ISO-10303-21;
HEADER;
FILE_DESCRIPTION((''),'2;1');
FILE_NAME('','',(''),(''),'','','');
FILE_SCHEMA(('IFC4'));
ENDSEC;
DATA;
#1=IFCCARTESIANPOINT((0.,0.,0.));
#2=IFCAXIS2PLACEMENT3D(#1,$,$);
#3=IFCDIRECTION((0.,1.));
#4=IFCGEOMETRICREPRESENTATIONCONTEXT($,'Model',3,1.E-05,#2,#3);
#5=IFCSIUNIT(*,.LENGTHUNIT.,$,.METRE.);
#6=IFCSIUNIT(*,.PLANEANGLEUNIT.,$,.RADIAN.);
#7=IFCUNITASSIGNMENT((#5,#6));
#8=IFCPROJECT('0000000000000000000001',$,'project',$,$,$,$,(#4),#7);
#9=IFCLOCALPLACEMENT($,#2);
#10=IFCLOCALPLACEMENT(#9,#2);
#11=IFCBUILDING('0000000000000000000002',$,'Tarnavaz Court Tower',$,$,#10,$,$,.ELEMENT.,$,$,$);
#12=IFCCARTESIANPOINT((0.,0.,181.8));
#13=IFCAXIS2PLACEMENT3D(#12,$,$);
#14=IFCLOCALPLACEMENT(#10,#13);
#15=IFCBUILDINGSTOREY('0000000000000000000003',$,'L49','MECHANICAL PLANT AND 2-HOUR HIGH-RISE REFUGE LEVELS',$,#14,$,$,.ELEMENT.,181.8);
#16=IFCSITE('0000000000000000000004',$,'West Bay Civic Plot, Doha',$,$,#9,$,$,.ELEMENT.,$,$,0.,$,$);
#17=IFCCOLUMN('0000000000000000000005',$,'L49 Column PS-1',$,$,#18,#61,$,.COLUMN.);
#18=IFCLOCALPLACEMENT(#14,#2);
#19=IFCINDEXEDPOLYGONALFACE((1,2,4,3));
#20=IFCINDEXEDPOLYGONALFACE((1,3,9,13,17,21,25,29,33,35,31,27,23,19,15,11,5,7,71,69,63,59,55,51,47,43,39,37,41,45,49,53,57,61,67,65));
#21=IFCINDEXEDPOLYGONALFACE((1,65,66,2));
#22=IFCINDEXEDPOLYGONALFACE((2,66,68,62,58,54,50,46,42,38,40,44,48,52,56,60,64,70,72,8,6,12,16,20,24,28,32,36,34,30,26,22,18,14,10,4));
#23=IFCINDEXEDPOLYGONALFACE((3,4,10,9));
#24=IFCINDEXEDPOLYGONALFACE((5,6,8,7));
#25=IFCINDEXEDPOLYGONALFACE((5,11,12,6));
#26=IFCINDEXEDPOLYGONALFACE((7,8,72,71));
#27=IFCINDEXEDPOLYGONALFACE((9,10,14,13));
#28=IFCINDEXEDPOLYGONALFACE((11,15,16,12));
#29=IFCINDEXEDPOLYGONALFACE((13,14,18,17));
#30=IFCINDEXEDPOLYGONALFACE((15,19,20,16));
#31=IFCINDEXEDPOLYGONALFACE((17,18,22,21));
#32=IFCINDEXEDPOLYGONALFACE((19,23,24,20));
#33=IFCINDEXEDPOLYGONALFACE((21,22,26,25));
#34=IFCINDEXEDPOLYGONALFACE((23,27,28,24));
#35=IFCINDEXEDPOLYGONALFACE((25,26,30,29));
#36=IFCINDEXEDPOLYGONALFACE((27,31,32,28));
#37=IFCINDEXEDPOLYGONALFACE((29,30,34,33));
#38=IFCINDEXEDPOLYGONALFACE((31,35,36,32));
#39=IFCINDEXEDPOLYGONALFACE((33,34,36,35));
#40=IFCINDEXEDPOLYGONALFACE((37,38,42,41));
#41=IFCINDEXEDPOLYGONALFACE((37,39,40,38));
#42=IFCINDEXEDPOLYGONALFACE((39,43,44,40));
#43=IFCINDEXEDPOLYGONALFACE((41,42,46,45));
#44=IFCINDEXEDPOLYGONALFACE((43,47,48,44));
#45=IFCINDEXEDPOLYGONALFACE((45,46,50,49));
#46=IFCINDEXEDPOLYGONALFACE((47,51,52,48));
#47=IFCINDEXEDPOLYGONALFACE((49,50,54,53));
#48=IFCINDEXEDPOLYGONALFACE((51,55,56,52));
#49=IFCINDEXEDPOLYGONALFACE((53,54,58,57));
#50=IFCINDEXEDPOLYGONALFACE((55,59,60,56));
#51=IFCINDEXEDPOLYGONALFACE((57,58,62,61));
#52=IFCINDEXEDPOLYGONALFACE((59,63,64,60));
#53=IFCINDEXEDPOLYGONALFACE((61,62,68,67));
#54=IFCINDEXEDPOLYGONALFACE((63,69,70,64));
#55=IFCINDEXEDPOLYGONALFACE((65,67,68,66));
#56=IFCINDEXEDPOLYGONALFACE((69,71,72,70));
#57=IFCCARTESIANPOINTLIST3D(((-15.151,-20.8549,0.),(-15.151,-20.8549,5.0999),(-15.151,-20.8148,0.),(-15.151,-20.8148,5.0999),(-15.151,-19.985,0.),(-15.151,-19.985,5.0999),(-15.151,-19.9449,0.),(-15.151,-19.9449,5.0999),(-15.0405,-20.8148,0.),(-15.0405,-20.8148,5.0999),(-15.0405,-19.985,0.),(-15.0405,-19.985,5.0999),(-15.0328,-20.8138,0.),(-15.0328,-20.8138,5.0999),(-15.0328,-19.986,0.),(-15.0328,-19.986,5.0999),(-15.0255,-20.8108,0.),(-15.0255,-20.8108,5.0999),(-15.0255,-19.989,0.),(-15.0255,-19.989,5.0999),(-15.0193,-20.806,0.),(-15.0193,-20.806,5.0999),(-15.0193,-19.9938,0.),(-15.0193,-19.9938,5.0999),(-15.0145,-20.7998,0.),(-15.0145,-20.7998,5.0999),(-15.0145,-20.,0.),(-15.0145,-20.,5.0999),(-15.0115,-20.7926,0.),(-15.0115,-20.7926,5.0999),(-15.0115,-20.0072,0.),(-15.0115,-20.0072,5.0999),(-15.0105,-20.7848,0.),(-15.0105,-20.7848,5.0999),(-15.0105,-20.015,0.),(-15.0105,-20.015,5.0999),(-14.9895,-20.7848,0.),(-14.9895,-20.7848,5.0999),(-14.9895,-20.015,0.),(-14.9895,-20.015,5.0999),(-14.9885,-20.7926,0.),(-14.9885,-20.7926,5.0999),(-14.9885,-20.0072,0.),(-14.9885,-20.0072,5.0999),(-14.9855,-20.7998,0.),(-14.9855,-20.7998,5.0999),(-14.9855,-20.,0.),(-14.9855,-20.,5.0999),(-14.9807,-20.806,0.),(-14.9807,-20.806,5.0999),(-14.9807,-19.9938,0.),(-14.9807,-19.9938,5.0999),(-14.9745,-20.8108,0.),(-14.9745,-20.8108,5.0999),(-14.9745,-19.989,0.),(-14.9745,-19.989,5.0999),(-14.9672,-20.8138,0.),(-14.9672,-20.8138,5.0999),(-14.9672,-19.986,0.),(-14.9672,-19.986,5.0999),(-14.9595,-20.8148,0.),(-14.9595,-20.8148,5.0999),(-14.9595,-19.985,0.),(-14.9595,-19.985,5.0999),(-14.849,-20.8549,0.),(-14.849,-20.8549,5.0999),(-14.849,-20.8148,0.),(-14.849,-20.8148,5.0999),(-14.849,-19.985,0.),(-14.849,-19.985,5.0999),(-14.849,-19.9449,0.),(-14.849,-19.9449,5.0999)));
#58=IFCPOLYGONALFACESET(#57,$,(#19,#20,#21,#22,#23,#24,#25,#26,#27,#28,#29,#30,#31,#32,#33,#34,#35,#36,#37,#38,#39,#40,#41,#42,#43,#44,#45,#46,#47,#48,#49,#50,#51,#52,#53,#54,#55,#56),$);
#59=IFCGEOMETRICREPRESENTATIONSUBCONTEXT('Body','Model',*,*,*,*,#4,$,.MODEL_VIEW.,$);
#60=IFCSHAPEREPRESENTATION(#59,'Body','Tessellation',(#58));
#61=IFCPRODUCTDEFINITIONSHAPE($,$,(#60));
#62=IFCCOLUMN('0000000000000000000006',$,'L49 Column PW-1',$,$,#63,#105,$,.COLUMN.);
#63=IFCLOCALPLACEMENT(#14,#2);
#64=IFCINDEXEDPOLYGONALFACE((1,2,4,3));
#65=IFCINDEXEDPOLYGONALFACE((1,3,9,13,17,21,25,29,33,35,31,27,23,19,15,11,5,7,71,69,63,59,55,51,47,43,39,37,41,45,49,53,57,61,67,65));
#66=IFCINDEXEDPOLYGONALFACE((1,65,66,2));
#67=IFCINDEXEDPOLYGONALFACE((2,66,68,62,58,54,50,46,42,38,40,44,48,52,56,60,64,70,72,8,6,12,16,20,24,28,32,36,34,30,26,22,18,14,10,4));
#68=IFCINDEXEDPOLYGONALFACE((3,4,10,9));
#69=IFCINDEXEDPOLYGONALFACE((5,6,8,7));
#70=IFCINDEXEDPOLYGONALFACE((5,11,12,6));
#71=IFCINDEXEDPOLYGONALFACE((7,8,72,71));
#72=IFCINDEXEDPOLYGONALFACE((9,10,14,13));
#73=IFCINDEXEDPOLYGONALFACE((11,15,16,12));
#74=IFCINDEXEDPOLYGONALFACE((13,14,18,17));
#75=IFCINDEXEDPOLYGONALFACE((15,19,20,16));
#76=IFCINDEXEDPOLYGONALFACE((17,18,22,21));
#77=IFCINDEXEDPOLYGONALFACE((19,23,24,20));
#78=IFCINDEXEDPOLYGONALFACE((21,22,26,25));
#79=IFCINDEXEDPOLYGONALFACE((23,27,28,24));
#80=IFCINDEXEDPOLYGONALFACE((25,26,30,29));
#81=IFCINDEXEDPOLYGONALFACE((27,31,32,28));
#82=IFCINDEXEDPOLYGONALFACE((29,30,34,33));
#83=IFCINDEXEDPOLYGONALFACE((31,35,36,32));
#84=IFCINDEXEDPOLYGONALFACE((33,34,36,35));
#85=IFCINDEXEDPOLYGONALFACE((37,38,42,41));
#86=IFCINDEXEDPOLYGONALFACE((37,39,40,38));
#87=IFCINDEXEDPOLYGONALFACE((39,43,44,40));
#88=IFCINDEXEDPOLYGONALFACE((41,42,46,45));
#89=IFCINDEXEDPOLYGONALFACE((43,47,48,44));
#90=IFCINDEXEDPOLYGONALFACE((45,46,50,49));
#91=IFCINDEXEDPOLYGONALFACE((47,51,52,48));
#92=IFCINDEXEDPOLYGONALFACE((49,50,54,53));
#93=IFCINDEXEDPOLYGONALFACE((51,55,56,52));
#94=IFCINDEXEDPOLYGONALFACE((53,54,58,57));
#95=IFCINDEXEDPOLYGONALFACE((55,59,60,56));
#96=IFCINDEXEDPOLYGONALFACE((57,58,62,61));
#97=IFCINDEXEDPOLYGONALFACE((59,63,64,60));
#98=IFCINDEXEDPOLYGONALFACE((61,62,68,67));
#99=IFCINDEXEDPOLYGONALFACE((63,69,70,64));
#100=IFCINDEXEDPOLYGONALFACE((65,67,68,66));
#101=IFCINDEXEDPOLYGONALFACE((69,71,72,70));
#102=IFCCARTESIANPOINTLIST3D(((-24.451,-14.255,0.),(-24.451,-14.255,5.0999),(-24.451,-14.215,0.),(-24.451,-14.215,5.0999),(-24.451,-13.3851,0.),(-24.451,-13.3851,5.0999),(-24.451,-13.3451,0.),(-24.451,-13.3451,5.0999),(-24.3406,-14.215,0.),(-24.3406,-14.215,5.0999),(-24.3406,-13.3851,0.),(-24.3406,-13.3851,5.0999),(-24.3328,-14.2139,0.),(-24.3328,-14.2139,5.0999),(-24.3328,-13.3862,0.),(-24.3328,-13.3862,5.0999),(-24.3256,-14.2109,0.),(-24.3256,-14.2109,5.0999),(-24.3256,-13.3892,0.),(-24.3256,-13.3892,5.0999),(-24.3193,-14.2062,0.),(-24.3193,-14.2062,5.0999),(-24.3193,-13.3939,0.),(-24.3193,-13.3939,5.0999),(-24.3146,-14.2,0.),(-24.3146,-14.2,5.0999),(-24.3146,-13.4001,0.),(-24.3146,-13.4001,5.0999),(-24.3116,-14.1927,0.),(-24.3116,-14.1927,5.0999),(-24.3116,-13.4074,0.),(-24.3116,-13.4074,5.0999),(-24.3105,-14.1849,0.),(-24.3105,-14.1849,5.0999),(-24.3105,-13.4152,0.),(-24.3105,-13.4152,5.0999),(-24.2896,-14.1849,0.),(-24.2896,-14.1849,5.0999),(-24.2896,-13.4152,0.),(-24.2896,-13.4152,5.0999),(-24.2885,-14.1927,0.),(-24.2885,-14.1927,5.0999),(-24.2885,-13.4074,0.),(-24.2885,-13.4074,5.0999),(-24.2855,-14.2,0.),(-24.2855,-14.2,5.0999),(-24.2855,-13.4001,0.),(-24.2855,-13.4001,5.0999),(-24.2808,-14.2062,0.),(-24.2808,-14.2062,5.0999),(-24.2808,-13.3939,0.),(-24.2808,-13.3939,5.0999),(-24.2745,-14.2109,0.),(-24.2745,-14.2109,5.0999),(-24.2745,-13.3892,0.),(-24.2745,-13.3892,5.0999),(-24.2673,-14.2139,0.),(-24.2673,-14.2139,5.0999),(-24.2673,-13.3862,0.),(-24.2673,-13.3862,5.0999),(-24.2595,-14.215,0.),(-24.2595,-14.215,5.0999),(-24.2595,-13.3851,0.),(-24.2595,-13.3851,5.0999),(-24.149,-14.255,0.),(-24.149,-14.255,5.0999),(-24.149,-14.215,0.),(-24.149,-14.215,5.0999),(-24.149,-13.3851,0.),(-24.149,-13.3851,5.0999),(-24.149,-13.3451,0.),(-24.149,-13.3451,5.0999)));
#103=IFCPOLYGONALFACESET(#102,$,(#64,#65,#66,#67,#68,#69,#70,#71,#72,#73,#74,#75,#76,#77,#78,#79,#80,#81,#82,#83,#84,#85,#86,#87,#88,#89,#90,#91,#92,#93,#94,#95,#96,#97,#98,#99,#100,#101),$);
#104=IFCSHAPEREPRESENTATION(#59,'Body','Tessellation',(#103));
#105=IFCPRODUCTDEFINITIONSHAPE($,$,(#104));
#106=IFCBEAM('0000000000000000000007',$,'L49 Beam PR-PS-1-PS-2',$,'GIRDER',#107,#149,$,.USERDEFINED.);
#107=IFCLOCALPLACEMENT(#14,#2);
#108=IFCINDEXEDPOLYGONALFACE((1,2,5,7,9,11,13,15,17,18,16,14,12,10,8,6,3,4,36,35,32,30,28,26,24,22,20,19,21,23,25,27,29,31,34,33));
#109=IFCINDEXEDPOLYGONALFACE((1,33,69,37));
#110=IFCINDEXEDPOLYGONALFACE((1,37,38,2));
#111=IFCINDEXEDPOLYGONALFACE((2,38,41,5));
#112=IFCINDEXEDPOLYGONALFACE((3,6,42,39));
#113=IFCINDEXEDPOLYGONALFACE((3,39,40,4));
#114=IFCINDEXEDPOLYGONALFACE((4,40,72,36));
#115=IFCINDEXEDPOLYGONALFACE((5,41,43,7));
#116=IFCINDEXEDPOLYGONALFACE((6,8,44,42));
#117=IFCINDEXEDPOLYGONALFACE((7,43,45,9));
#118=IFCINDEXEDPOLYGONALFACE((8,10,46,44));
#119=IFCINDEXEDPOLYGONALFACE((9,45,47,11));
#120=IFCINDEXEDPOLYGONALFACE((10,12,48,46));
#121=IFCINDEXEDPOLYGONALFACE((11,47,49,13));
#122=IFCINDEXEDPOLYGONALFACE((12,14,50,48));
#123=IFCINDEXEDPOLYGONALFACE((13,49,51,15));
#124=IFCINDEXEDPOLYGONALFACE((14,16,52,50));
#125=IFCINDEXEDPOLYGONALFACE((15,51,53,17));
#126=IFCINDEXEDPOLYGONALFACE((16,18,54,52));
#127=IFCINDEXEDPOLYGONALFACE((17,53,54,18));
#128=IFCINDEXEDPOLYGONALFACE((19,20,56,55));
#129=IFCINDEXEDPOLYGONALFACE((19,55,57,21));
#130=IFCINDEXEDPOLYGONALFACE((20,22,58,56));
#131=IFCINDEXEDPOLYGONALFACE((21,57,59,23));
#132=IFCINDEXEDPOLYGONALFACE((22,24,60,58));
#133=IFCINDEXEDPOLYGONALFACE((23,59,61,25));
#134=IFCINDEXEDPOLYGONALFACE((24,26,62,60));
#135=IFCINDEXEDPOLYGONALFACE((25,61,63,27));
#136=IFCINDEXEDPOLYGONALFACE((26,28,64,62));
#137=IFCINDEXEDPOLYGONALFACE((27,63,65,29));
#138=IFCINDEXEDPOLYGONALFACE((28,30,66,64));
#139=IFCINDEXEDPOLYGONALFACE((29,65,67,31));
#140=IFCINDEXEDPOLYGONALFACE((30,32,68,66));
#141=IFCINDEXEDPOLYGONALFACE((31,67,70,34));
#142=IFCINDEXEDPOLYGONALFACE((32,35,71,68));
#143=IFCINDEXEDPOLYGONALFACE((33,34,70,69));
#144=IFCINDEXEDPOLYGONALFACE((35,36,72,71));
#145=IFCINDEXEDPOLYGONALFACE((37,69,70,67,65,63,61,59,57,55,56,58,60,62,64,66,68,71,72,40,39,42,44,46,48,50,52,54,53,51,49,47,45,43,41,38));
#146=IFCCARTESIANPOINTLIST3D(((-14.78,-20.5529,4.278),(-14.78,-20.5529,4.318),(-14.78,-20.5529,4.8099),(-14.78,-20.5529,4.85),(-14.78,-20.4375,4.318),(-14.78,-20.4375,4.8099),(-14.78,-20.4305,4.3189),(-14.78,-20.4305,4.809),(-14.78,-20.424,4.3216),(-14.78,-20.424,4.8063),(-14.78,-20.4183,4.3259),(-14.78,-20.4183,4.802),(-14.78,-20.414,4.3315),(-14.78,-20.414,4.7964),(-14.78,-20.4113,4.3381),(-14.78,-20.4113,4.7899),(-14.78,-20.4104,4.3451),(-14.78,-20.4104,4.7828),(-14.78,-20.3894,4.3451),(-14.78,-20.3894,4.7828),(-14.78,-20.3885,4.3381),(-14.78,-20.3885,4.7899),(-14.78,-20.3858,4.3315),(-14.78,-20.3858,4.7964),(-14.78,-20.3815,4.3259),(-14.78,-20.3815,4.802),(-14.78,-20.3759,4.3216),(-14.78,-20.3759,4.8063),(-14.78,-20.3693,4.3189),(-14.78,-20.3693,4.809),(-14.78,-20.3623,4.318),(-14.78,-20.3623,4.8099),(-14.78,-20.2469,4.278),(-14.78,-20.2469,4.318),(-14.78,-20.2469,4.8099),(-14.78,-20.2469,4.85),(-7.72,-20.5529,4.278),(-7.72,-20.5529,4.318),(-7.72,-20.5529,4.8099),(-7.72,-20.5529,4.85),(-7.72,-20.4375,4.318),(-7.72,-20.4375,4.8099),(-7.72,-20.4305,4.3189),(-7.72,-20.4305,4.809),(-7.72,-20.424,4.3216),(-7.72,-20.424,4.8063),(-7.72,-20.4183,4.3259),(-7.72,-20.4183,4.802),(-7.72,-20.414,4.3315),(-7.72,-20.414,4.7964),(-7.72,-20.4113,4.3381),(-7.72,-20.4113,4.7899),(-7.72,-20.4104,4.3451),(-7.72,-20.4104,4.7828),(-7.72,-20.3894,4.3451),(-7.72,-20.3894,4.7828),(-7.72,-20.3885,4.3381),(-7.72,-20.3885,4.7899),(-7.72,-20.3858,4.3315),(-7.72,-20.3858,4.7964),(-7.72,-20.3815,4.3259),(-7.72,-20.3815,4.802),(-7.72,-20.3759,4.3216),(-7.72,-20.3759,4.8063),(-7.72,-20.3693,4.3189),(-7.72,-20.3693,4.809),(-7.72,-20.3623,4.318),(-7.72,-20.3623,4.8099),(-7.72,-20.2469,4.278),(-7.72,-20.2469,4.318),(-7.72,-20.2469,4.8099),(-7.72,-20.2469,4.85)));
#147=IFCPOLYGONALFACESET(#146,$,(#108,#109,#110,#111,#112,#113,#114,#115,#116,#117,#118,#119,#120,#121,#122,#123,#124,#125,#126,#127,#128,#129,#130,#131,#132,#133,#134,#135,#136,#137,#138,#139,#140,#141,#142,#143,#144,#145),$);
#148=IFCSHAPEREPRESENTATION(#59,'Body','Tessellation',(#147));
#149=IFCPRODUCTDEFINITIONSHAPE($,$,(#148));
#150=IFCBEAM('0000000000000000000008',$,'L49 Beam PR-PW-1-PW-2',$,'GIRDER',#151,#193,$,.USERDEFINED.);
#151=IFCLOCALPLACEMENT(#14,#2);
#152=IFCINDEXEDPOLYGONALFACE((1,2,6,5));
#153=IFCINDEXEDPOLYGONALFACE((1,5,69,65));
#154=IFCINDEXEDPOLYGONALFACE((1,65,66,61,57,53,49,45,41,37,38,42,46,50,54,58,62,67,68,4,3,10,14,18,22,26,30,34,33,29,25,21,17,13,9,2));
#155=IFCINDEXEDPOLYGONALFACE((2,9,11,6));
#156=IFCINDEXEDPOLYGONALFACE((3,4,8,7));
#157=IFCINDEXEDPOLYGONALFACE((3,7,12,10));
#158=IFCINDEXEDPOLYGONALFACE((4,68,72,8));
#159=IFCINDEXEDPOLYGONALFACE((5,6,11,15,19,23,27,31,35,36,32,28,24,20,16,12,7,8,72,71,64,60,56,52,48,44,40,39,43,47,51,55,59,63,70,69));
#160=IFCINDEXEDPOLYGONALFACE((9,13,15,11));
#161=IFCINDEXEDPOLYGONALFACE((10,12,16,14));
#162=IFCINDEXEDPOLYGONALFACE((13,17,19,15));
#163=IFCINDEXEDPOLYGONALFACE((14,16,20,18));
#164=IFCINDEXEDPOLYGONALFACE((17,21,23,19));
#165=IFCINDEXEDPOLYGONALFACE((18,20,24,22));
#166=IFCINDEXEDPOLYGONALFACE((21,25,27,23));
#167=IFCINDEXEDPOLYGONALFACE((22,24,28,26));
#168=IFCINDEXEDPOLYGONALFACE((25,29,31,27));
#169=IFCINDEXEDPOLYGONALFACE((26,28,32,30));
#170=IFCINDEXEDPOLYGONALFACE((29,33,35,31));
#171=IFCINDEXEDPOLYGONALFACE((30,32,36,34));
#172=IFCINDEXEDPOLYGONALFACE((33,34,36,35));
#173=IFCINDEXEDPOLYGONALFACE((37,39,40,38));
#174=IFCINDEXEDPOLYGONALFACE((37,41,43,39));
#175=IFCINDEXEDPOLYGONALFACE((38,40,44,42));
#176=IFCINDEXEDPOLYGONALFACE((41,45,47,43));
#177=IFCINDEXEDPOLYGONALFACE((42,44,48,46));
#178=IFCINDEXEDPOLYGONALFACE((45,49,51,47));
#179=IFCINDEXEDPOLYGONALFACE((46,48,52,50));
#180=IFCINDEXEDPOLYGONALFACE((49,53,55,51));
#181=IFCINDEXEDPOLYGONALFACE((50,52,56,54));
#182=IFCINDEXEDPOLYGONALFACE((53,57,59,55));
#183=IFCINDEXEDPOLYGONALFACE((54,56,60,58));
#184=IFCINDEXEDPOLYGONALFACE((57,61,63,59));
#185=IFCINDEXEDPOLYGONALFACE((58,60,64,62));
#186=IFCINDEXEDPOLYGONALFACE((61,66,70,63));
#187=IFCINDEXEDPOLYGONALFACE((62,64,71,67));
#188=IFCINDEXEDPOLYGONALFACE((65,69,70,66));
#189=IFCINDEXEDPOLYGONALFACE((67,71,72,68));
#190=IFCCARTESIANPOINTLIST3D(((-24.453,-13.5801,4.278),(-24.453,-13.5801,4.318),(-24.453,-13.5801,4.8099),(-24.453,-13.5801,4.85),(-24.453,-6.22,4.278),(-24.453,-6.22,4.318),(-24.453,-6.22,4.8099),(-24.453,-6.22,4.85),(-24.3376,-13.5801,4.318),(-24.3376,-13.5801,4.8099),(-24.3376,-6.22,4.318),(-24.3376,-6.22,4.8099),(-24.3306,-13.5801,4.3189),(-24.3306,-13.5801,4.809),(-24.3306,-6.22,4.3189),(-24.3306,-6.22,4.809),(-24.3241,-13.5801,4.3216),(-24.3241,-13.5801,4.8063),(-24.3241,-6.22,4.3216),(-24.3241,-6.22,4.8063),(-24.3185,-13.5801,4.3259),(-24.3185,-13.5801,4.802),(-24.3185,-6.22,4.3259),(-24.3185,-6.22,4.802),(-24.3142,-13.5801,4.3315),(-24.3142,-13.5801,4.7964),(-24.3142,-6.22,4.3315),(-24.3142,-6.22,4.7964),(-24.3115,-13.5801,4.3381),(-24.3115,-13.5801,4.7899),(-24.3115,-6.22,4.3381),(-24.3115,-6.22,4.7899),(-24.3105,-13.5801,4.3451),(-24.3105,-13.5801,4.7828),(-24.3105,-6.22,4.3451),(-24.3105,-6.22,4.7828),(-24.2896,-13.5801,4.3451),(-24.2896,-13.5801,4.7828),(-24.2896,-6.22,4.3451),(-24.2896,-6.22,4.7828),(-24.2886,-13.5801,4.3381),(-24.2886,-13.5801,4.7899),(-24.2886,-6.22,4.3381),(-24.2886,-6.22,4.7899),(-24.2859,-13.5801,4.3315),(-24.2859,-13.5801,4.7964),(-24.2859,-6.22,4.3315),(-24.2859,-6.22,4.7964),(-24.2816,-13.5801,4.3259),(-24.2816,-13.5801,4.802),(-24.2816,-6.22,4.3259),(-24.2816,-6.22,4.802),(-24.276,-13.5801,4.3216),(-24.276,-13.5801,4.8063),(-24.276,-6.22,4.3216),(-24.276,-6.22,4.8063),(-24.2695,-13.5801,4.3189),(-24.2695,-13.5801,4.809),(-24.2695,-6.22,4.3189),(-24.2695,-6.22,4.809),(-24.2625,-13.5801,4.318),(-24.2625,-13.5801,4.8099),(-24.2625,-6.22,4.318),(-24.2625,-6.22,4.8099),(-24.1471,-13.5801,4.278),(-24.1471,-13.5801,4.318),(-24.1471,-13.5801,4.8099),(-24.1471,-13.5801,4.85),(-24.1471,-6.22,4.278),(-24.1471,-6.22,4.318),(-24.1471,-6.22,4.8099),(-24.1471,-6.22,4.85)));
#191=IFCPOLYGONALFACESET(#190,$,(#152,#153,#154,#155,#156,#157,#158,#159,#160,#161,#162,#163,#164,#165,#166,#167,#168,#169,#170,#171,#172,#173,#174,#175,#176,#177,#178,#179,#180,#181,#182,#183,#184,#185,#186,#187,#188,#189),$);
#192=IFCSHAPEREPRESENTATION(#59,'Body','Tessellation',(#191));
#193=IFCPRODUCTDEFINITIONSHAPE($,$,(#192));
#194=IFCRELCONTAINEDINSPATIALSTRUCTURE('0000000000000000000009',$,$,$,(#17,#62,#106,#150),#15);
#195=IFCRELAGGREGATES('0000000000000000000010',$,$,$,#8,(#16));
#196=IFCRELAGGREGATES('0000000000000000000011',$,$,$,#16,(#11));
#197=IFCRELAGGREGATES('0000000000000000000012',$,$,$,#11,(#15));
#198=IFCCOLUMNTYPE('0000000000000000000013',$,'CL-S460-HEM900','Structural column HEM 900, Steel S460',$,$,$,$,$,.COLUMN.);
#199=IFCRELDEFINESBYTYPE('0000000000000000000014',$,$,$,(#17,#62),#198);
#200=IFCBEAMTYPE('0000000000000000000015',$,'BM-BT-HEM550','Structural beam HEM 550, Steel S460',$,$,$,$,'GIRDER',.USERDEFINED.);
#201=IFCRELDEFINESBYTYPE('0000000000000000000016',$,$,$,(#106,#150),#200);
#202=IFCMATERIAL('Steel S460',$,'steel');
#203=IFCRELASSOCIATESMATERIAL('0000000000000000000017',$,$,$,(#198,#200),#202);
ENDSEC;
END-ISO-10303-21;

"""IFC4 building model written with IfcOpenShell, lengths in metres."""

from ifc_helpers import new_model, si_unit, direction, frame, origin, origin_2d, place, context, subcontext, project, spatial, i_section, extrude, material, material_profile, profile_set, type_object, element, save


model = new_model("IFC4")

# Units and contexts
model_context = context("Model", 3, precision=1e-05, world=origin(), true_north=direction((0.0, 1.0)))
body_context = subcontext(model_context, "Body", "Model", "MODEL_VIEW")
ifc_project = project(units=[si_unit("LENGTHUNIT", "METRE"), si_unit("PLANEANGLEUNIT", "RADIAN")], contexts=[model_context])

# Site, building, storey
site_placement = place(None, origin())
site = spatial("IfcSite", under=ifc_project, at=site_placement, Name="West Bay Civic Plot, Doha", CompositionType="ELEMENT", RefElevation=0.0)
building_placement = place(site_placement, origin())
building = spatial("IfcBuilding", under=site, at=building_placement, Name="Tarnavaz Court Tower", CompositionType="ELEMENT")
storey_placement = place(building_placement, frame((0.0, 0.0, 181.8)))
storey = spatial("IfcBuildingStorey", under=building, at=storey_placement, Name="L49", Description="MECHANICAL PLANT AND 2-HOUR HIGH-RISE REFUGE LEVELS", CompositionType="ELEMENT", Elevation=181.8)

# Columns
ifc_material_1 = material(Name="Steel S460", Category="steel")
ifc_material_profile_1 = material_profile(ifc_material_1, i_section(OverallWidth=0.302, OverallDepth=0.9099, WebThickness=0.021, FlangeThickness=0.04, FilletRadius=0.03, at=origin_2d()), Name="HEM 900")
ifc_profile_set_1 = profile_set([ifc_material_profile_1], Name="Steel S460")
column_type = type_object("IfcColumnType", Name="CL-S460-HEM900", Description="Structural column HEM 900, Steel S460", PredefinedType="COLUMN", material=ifc_profile_set_1)
for number, where, z_axis, x_axis, name in (
    (1, (-15.0, -20.3999, 0.0), (0.0, 0.0, 1.0), (1.0, 0.0, 0.0), "L49 Column PS-1"),
    (2, (-24.3, -13.8, 0.0), (0.0, 0.0, 1.0), (1.0, 0.0, 0.0), "L49 Column PW-1"),
):
    element("IfcColumn", number, at=place(storey_placement, frame(where, z_axis=z_axis, x_axis=x_axis)), inside=storey, type_object=column_type, Name=name, PredefinedType="COLUMN", context=body_context, shape_type="SweptSolid", body=[
        extrude(i_section(OverallWidth=0.302, OverallDepth=0.9099, WebThickness=0.021, FlangeThickness=0.04, FilletRadius=0.03, at=origin_2d()), origin(), (0.0, 0.0, 1.0), 5.0999),
    ])

# Beams
ifc_material_profile_2 = material_profile(ifc_material_1, i_section(OverallWidth=0.3059, OverallDepth=0.572, WebThickness=0.021, FlangeThickness=0.04, FilletRadius=0.0271, at=origin_2d()), Name="HEM 550")
ifc_profile_set_2 = profile_set([ifc_material_profile_2], Name="Steel S460")
beam_type_1 = type_object("IfcBeamType", Name="BM-BT-HEM550", Description="Structural beam HEM 550, Steel S460", ElementType="GIRDER", PredefinedType="USERDEFINED", material=ifc_profile_set_2)
beam_1_placement = place(storey_placement, frame((-14.78, -20.3999, 4.564), z_axis=(1.0, 0.0, 0.0), x_axis=(0.0, 1.0, 0.0)))
element("IfcBeam", 3, at=beam_1_placement, inside=storey, type_object=beam_type_1, Name="L49 Beam PR-PS-1-PS-2", ObjectType="GIRDER", PredefinedType="USERDEFINED", context=body_context, shape_type="SweptSolid", body=[
    extrude(i_section(OverallWidth=0.3059, OverallDepth=0.572, WebThickness=0.021, FlangeThickness=0.04, FilletRadius=0.0271, at=origin_2d()), origin(), (0.0, 0.0, 1.0), 7.0601),
])
beam_2_placement = place(storey_placement, frame((-24.3, -13.5801, 4.564), z_axis=(0.0, 1.0, 0.0), x_axis=(-1.0, 0.0, 0.0)))
element("IfcBeam", 4, at=beam_2_placement, inside=storey, type_object=beam_type_1, Name="L49 Beam PR-PW-1-PW-2", ObjectType="GIRDER", PredefinedType="USERDEFINED", context=body_context, shape_type="SweptSolid", body=[
    extrude(i_section(OverallWidth=0.3059, OverallDepth=0.572, WebThickness=0.021, FlangeThickness=0.04, FilletRadius=0.0271, at=origin_2d()), origin(), (0.0, 0.0, 1.0), 7.3601),
])

save(model, "model.ifc")
